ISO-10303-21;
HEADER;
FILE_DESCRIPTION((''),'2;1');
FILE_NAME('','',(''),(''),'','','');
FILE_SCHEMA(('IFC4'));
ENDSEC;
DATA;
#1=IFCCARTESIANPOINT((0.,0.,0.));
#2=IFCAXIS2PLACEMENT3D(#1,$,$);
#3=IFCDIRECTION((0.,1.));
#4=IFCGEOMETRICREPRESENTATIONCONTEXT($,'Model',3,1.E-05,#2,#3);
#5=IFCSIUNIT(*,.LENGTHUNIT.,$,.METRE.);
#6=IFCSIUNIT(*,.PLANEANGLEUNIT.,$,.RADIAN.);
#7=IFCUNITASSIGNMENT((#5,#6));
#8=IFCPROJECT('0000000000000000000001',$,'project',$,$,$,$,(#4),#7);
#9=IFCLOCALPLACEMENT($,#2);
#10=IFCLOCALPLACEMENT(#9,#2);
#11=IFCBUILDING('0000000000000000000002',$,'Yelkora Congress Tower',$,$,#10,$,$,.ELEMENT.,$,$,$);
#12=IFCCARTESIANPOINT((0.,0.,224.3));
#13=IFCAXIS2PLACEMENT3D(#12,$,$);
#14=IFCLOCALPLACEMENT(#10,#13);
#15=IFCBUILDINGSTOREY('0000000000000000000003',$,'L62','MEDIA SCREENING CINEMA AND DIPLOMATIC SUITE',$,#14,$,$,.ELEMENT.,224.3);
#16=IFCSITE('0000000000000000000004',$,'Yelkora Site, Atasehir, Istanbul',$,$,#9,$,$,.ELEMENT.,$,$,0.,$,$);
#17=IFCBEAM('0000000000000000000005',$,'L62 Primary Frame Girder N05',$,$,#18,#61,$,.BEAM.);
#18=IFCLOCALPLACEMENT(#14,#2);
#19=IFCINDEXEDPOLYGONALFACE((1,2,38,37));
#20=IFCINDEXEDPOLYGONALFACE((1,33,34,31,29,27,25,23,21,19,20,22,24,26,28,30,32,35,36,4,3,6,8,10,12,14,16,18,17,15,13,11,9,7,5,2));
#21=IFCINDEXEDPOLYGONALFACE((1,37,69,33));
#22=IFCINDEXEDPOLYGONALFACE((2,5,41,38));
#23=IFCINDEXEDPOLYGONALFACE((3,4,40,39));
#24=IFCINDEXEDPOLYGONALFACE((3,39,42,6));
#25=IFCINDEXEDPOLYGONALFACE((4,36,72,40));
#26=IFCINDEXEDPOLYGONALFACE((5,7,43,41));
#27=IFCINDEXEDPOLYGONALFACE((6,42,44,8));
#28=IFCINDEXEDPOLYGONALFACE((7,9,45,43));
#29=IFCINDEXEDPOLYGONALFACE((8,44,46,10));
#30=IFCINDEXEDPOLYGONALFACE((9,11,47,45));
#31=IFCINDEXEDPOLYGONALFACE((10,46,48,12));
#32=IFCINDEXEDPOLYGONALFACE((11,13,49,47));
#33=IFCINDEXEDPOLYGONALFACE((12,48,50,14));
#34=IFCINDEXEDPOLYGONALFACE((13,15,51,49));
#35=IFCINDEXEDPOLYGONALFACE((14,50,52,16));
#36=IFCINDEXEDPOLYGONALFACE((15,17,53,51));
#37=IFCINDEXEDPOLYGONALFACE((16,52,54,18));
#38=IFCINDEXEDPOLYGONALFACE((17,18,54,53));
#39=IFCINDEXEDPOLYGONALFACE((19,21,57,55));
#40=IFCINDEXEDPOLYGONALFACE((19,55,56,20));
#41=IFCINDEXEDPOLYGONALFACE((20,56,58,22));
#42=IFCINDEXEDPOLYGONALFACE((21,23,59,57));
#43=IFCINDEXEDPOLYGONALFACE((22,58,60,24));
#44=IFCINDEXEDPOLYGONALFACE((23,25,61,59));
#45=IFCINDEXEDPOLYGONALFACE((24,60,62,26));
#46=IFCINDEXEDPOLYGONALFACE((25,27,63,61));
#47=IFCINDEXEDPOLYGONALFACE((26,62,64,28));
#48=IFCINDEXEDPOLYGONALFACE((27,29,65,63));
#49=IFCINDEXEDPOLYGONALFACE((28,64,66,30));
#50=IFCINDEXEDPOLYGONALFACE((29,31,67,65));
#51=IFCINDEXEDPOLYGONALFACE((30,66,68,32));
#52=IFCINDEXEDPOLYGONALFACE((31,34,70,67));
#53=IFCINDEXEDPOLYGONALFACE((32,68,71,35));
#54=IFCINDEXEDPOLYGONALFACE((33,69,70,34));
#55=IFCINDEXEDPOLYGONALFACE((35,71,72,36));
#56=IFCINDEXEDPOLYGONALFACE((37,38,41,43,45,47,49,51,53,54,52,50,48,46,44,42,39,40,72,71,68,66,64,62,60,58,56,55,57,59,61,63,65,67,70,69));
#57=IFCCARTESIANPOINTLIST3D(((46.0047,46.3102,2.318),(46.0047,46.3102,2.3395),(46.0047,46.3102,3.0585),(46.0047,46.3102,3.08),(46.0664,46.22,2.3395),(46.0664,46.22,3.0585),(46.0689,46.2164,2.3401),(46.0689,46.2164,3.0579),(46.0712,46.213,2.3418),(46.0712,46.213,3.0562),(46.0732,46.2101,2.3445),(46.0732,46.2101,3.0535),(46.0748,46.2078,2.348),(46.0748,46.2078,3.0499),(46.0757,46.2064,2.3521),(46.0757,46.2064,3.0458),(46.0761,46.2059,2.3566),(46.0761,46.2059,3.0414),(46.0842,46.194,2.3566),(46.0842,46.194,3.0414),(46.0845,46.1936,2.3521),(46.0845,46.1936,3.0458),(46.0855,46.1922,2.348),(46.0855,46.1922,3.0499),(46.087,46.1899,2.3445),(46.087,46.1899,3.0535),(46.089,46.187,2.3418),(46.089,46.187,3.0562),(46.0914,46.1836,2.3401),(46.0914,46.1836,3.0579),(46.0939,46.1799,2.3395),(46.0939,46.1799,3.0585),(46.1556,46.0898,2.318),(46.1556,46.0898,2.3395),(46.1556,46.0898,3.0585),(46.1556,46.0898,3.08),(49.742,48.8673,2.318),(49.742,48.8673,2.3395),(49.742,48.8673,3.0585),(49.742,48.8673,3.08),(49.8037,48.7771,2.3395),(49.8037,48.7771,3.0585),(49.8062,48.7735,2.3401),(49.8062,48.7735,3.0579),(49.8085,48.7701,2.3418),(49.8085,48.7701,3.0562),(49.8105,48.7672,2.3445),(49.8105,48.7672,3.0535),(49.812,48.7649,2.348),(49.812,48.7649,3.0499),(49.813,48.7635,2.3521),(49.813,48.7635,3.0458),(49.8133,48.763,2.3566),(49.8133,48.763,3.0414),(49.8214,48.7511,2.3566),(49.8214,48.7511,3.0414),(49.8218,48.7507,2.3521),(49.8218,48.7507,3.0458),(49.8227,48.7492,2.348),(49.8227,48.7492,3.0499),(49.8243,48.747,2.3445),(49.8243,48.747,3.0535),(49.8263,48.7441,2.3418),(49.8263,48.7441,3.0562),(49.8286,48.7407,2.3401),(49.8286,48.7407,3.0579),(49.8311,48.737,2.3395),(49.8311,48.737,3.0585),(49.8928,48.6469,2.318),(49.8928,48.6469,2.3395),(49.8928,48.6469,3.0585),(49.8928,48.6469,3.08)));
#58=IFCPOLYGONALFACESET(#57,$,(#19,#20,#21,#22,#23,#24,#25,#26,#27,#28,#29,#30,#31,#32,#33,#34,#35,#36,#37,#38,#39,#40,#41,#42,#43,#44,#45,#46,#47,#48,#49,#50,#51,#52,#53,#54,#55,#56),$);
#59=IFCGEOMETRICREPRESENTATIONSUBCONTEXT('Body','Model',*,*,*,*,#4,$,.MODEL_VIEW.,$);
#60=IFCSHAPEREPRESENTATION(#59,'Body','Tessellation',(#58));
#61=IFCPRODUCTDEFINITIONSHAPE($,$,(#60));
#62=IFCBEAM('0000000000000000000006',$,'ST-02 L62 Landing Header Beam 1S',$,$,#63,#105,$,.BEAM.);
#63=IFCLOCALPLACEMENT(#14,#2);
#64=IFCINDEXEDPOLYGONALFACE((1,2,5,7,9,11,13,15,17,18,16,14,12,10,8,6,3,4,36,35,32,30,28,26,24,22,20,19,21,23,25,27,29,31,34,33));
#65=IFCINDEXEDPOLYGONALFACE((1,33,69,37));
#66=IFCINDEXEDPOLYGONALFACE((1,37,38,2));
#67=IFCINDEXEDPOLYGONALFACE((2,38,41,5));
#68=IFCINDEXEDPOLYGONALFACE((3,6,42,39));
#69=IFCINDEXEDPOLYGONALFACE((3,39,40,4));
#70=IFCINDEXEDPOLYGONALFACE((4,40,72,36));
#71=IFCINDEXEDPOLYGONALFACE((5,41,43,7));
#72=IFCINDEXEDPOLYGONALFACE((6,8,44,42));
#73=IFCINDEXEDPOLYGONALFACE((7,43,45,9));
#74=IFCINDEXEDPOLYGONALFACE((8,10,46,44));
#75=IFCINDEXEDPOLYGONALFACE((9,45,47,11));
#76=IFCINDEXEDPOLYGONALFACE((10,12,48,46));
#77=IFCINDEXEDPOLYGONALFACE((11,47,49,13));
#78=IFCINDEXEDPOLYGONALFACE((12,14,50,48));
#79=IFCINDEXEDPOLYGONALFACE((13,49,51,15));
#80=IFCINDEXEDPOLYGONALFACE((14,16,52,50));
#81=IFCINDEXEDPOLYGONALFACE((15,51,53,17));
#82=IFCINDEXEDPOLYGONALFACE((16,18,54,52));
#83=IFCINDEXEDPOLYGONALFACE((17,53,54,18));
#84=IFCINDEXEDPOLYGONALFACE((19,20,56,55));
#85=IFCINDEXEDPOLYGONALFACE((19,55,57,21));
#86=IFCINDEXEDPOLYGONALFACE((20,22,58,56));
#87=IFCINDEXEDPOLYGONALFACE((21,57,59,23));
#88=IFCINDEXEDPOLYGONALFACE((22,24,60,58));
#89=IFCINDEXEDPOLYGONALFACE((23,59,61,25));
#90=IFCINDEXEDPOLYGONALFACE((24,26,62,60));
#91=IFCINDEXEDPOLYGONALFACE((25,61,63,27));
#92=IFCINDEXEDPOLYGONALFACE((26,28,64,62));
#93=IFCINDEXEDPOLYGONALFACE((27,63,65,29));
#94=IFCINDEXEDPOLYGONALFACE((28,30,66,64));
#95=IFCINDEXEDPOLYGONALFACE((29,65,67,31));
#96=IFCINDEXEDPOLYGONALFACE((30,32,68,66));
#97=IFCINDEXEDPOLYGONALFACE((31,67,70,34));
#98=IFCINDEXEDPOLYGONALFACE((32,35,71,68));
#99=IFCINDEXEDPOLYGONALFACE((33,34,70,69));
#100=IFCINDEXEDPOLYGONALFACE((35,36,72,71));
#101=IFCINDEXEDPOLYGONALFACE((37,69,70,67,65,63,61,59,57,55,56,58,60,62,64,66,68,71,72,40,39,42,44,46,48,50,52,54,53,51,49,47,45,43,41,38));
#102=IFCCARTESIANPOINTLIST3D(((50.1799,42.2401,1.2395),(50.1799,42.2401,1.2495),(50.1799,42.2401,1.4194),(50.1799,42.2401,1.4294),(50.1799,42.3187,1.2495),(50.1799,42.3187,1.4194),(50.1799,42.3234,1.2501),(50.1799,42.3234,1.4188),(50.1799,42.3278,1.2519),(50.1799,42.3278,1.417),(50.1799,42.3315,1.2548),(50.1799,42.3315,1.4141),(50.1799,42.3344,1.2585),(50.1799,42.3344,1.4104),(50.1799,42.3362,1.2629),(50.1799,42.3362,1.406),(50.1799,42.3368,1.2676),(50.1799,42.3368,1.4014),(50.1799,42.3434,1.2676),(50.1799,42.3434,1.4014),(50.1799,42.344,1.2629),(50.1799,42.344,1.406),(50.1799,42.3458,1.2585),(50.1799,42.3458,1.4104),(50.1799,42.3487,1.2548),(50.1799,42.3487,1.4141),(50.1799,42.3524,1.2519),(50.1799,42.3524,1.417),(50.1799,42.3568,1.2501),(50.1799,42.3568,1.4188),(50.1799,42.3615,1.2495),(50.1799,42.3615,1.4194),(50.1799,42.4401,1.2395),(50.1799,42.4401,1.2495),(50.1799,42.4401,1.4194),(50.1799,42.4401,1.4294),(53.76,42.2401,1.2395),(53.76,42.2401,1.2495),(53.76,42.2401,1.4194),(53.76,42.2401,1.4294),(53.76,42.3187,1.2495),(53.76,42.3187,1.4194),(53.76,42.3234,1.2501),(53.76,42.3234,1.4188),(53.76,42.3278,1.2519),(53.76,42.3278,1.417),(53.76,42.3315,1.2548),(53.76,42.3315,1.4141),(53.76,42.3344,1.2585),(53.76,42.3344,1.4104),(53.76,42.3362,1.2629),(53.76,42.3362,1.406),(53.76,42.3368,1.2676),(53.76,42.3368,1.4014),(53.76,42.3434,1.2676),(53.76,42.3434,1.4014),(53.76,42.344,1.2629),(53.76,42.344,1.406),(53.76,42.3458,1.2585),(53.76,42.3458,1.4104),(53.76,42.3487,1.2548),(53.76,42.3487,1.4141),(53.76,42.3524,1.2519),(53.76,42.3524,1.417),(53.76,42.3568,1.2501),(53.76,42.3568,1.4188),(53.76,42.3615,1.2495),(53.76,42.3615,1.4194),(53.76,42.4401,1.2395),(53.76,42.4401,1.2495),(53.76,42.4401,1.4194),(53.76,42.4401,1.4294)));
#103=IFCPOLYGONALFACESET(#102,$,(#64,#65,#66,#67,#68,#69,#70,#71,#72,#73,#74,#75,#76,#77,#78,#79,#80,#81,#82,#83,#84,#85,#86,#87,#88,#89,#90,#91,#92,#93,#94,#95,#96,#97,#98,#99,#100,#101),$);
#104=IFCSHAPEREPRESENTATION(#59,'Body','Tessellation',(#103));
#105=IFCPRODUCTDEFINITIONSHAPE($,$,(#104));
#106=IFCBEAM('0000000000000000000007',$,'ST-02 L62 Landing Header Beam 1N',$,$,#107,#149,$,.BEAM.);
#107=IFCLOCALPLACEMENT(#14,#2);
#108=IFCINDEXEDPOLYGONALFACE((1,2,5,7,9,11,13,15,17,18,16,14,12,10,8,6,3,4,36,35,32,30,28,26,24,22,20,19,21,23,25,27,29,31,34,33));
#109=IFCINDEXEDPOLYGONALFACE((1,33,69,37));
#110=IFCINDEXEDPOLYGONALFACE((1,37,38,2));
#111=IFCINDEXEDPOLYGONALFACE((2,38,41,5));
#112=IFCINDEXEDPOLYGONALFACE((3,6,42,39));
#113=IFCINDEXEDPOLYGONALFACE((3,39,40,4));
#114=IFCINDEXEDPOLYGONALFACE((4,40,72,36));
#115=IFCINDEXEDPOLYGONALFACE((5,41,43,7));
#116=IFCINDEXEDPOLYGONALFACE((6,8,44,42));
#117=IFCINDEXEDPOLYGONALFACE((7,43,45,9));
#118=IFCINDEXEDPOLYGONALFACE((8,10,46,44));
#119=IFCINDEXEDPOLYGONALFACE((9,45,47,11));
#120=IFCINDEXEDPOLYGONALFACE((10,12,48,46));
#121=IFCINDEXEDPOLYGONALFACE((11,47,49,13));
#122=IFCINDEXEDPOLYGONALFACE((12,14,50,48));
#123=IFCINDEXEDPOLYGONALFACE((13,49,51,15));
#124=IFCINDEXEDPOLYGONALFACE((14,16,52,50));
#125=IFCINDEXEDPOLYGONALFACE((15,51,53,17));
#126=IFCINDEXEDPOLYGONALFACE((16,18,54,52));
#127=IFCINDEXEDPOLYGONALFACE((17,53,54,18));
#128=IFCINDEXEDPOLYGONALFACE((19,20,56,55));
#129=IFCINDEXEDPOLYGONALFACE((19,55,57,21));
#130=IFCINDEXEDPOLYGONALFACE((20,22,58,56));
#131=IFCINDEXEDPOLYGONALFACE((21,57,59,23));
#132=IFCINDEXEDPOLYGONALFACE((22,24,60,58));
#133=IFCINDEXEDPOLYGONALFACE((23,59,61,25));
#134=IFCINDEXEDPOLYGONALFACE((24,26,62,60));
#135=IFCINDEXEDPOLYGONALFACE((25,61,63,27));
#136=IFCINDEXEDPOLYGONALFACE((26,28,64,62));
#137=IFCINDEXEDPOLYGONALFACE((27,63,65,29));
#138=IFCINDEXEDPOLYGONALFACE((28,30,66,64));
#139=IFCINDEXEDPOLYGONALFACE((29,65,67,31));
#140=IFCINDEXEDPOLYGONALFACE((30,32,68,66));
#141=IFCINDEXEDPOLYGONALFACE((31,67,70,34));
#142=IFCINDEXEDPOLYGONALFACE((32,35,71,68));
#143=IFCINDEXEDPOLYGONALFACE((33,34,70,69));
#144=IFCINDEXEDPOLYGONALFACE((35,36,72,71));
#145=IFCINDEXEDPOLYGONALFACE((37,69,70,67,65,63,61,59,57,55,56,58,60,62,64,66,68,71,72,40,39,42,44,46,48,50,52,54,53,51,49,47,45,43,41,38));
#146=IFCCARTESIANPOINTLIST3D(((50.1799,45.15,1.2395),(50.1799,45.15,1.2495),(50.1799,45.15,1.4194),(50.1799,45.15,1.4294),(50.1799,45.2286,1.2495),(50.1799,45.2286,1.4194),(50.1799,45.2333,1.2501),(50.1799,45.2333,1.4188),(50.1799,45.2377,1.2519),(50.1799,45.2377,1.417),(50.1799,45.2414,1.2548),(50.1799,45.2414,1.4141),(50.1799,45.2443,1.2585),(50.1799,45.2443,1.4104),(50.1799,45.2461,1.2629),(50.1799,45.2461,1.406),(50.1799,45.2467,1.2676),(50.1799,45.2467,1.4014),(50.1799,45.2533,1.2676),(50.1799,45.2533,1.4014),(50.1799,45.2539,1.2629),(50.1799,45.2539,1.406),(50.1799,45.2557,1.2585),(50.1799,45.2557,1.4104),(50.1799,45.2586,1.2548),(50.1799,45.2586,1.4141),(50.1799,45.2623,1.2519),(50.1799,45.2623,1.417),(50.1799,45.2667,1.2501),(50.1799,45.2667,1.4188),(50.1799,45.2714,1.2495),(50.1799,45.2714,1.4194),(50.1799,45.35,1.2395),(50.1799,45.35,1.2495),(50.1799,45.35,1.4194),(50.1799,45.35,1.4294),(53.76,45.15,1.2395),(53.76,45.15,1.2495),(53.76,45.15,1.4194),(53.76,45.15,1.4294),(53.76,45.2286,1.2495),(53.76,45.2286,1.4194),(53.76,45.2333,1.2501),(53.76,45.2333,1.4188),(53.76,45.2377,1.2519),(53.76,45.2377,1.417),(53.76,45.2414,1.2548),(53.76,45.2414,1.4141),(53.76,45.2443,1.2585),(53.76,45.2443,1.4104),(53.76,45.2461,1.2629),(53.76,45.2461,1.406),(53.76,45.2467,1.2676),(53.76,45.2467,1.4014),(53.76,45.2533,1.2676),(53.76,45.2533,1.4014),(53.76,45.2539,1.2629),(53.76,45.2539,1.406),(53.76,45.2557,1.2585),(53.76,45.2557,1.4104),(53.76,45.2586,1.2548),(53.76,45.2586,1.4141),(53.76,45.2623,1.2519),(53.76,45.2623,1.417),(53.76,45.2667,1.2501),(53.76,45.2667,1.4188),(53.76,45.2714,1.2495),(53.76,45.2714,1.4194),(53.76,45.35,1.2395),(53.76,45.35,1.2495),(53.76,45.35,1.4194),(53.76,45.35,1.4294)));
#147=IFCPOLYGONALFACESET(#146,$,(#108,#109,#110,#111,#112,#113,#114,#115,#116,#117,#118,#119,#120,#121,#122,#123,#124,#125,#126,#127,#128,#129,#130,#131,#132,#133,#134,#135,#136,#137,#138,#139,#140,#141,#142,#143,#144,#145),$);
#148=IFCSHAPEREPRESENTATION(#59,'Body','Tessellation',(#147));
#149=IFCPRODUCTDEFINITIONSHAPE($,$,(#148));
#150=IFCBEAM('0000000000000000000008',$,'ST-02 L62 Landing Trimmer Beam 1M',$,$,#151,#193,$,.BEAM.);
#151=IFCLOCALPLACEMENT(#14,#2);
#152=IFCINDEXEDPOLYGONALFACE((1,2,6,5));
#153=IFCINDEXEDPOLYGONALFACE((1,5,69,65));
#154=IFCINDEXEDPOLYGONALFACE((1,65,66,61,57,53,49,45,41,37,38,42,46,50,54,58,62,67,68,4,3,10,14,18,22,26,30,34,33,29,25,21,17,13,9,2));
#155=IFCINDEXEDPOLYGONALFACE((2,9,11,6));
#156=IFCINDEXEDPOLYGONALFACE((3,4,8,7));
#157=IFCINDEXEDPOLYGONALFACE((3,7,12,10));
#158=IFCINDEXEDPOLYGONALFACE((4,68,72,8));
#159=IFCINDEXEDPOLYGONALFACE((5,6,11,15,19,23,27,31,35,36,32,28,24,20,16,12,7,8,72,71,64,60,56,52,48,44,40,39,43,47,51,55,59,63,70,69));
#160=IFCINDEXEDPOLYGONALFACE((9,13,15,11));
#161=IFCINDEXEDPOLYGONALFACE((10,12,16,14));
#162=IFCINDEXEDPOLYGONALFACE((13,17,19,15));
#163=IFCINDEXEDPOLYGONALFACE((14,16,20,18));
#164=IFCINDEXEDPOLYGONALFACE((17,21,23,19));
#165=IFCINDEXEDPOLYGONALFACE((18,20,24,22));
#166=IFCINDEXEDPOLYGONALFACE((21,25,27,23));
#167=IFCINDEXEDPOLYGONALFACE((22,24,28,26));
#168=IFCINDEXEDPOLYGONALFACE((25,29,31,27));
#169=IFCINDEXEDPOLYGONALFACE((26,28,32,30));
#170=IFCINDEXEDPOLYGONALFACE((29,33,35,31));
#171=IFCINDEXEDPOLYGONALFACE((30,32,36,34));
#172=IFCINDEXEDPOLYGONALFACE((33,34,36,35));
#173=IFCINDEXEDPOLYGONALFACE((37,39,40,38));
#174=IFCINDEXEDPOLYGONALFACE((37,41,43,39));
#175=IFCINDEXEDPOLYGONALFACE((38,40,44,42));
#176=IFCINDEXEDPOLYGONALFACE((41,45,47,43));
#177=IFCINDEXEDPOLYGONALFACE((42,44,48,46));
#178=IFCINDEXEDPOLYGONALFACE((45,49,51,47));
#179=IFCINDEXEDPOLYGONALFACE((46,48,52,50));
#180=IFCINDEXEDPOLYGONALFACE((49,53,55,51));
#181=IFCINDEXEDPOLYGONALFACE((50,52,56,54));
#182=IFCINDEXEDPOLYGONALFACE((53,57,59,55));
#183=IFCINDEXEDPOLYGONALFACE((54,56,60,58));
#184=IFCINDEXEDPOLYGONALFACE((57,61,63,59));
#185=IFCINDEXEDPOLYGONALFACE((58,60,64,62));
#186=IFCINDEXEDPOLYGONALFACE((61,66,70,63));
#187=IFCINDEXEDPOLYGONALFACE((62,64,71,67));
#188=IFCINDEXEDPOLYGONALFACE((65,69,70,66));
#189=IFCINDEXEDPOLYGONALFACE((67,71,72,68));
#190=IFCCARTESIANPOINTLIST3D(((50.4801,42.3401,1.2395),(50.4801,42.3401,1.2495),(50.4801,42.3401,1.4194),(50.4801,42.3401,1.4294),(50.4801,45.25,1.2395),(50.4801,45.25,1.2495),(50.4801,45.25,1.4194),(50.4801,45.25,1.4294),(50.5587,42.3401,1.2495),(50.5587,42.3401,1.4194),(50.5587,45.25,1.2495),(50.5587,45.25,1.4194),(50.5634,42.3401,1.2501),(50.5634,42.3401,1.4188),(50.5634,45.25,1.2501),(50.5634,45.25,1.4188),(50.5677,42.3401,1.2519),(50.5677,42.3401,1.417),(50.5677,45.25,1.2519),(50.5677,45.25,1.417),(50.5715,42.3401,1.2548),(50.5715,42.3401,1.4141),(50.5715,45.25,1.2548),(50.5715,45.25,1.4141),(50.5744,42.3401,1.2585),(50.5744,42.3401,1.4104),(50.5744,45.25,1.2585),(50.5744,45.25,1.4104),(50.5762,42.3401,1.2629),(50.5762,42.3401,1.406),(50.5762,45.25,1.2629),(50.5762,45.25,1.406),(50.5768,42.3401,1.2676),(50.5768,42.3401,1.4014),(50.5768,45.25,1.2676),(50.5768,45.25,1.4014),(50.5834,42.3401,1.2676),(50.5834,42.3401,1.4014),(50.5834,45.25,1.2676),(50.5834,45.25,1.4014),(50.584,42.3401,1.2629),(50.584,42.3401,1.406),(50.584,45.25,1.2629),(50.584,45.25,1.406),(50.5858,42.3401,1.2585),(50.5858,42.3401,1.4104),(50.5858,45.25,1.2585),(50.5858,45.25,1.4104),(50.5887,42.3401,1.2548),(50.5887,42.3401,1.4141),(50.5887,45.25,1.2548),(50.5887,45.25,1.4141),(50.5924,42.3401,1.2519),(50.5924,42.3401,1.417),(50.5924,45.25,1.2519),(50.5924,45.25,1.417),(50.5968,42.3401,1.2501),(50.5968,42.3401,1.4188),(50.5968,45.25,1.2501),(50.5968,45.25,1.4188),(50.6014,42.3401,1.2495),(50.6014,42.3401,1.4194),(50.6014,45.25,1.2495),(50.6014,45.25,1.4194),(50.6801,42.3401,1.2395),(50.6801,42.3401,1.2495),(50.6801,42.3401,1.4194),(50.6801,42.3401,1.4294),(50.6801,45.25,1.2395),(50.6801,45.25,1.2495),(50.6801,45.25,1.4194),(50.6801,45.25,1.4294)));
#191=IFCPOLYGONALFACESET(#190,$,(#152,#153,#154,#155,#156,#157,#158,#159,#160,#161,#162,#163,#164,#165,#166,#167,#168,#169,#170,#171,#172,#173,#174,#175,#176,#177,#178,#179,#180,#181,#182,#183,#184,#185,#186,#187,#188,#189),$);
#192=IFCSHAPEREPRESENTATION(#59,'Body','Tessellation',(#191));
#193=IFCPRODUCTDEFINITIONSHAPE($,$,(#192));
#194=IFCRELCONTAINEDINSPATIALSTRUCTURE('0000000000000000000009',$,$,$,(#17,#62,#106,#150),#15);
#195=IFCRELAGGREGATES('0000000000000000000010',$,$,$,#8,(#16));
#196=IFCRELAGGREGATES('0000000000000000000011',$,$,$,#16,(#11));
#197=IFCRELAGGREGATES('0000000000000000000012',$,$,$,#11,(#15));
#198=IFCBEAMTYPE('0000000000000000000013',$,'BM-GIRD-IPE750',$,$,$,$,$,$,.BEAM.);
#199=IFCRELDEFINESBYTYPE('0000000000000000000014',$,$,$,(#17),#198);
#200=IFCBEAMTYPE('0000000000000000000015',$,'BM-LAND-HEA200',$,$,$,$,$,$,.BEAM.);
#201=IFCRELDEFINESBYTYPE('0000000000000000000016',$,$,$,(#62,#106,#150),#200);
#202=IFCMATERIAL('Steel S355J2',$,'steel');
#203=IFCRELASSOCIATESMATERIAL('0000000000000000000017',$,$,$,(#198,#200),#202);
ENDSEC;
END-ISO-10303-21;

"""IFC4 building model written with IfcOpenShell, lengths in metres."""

from ifc_helpers import new_model, si_unit, direction, frame, origin, origin_2d, place, context, subcontext, project, spatial, i_section, extrude, material, material_profile, profile_set, type_object, element, save


model = new_model("IFC4")

# Units and contexts
model_context = context("Model", 3, precision=1e-05, world=origin(), true_north=direction((0.0, 1.0)))
body_context = subcontext(model_context, "Body", "Model", "MODEL_VIEW")
ifc_project = project(units=[si_unit("LENGTHUNIT", "METRE"), si_unit("PLANEANGLEUNIT", "RADIAN")], contexts=[model_context])

# Site, building, storey
site_placement = place(None, origin())
site = spatial("IfcSite", under=ifc_project, at=site_placement, Name="Yelkora Site, Atasehir, Istanbul", CompositionType="ELEMENT", RefElevation=0.0)
building_placement = place(site_placement, origin())
building = spatial("IfcBuilding", under=site, at=building_placement, Name="Yelkora Congress Tower", CompositionType="ELEMENT")
storey_placement = place(building_placement, frame((0.0, 0.0, 224.3)))
storey = spatial("IfcBuildingStorey", under=building, at=storey_placement, Name="L62", Description="MEDIA SCREENING CINEMA AND DIPLOMATIC SUITE", CompositionType="ELEMENT", Elevation=224.3)

# Shared definitions
ifc_material_1 = material(Name="Steel S355J2", Category="steel")

# Beams
ifc_material_profile_1 = material_profile(ifc_material_1, i_section(OverallWidth=0.2671, OverallDepth=0.762, WebThickness=0.0144, FlangeThickness=0.0215, FilletRadius=0.0171, at=origin_2d()), Name="IPE 750x173")
ifc_profile_set_1 = profile_set([ifc_material_profile_1], Name="Steel S355J2")
beam_type_1 = type_object("IfcBeamType", Name="BM-GIRD-IPE750", PredefinedType="BEAM", material=ifc_profile_set_1)
beam_1_placement = place(storey_placement, frame((49.8174, 48.7571, 2.699), z_axis=(-0.825305, -0.564688, 0.0), x_axis=(0.564688, -0.825305, 0.0)))
element("IfcBeam", 1, at=beam_1_placement, inside=storey, type_object=beam_type_1, Name="L62 Primary Frame Girder N05", PredefinedType="BEAM", context=body_context, shape_type="SweptSolid", body=[
    extrude(i_section(OverallWidth=0.2671, OverallDepth=0.762, WebThickness=0.0144, FlangeThickness=0.0215, FilletRadius=0.0171, at=origin_2d()), origin(), (0.0, 0.0, 1.0), 4.5283),
])
ifc_material_profile_2 = material_profile(ifc_material_1, i_section(OverallWidth=0.2, OverallDepth=0.1899, WebThickness=0.0066, FlangeThickness=0.01, FilletRadius=0.0181, at=origin_2d()), Name="HEA 200")
ifc_profile_set_2 = profile_set([ifc_material_profile_2], Name="Steel S355J2")
beam_type_2 = type_object("IfcBeamType", Name="BM-LAND-HEA200", PredefinedType="BEAM", material=ifc_profile_set_2)
for number, where, z_axis, x_axis, name in (
    (2, (50.1799, 42.3401, 1.3345), (1.0, 0.0, 0.0), (0.0, 1.0, 0.0), "ST-02 L62 Landing Header Beam 1S"),
    (3, (50.1799, 45.25, 1.3345), (1.0, 0.0, 0.0), (0.0, 1.0, 0.0), "ST-02 L62 Landing Header Beam 1N"),
):
    element("IfcBeam", number, at=place(storey_placement, frame(where, z_axis=z_axis, x_axis=x_axis)), inside=storey, type_object=beam_type_2, Name=name, PredefinedType="BEAM", context=body_context, shape_type="SweptSolid", body=[
        extrude(i_section(OverallWidth=0.2, OverallDepth=0.1899, WebThickness=0.0066, FlangeThickness=0.01, FilletRadius=0.0181, at=origin_2d()), origin(), (0.0, 0.0, 1.0), 3.5801),
    ])
beam_2_placement = place(storey_placement, frame((50.5801, 42.3401, 1.3345), z_axis=(0.0, 1.0, 0.0), x_axis=(-1.0, 0.0, 0.0)))
element("IfcBeam", 4, at=beam_2_placement, inside=storey, type_object=beam_type_2, Name="ST-02 L62 Landing Trimmer Beam 1M", PredefinedType="BEAM", context=body_context, shape_type="SweptSolid", body=[
    extrude(i_section(OverallWidth=0.2, OverallDepth=0.1899, WebThickness=0.0066, FlangeThickness=0.01, FilletRadius=0.0181, at=origin_2d()), origin(), (0.0, 0.0, 1.0), 2.9099),
])

save(model, "model.ifc")
